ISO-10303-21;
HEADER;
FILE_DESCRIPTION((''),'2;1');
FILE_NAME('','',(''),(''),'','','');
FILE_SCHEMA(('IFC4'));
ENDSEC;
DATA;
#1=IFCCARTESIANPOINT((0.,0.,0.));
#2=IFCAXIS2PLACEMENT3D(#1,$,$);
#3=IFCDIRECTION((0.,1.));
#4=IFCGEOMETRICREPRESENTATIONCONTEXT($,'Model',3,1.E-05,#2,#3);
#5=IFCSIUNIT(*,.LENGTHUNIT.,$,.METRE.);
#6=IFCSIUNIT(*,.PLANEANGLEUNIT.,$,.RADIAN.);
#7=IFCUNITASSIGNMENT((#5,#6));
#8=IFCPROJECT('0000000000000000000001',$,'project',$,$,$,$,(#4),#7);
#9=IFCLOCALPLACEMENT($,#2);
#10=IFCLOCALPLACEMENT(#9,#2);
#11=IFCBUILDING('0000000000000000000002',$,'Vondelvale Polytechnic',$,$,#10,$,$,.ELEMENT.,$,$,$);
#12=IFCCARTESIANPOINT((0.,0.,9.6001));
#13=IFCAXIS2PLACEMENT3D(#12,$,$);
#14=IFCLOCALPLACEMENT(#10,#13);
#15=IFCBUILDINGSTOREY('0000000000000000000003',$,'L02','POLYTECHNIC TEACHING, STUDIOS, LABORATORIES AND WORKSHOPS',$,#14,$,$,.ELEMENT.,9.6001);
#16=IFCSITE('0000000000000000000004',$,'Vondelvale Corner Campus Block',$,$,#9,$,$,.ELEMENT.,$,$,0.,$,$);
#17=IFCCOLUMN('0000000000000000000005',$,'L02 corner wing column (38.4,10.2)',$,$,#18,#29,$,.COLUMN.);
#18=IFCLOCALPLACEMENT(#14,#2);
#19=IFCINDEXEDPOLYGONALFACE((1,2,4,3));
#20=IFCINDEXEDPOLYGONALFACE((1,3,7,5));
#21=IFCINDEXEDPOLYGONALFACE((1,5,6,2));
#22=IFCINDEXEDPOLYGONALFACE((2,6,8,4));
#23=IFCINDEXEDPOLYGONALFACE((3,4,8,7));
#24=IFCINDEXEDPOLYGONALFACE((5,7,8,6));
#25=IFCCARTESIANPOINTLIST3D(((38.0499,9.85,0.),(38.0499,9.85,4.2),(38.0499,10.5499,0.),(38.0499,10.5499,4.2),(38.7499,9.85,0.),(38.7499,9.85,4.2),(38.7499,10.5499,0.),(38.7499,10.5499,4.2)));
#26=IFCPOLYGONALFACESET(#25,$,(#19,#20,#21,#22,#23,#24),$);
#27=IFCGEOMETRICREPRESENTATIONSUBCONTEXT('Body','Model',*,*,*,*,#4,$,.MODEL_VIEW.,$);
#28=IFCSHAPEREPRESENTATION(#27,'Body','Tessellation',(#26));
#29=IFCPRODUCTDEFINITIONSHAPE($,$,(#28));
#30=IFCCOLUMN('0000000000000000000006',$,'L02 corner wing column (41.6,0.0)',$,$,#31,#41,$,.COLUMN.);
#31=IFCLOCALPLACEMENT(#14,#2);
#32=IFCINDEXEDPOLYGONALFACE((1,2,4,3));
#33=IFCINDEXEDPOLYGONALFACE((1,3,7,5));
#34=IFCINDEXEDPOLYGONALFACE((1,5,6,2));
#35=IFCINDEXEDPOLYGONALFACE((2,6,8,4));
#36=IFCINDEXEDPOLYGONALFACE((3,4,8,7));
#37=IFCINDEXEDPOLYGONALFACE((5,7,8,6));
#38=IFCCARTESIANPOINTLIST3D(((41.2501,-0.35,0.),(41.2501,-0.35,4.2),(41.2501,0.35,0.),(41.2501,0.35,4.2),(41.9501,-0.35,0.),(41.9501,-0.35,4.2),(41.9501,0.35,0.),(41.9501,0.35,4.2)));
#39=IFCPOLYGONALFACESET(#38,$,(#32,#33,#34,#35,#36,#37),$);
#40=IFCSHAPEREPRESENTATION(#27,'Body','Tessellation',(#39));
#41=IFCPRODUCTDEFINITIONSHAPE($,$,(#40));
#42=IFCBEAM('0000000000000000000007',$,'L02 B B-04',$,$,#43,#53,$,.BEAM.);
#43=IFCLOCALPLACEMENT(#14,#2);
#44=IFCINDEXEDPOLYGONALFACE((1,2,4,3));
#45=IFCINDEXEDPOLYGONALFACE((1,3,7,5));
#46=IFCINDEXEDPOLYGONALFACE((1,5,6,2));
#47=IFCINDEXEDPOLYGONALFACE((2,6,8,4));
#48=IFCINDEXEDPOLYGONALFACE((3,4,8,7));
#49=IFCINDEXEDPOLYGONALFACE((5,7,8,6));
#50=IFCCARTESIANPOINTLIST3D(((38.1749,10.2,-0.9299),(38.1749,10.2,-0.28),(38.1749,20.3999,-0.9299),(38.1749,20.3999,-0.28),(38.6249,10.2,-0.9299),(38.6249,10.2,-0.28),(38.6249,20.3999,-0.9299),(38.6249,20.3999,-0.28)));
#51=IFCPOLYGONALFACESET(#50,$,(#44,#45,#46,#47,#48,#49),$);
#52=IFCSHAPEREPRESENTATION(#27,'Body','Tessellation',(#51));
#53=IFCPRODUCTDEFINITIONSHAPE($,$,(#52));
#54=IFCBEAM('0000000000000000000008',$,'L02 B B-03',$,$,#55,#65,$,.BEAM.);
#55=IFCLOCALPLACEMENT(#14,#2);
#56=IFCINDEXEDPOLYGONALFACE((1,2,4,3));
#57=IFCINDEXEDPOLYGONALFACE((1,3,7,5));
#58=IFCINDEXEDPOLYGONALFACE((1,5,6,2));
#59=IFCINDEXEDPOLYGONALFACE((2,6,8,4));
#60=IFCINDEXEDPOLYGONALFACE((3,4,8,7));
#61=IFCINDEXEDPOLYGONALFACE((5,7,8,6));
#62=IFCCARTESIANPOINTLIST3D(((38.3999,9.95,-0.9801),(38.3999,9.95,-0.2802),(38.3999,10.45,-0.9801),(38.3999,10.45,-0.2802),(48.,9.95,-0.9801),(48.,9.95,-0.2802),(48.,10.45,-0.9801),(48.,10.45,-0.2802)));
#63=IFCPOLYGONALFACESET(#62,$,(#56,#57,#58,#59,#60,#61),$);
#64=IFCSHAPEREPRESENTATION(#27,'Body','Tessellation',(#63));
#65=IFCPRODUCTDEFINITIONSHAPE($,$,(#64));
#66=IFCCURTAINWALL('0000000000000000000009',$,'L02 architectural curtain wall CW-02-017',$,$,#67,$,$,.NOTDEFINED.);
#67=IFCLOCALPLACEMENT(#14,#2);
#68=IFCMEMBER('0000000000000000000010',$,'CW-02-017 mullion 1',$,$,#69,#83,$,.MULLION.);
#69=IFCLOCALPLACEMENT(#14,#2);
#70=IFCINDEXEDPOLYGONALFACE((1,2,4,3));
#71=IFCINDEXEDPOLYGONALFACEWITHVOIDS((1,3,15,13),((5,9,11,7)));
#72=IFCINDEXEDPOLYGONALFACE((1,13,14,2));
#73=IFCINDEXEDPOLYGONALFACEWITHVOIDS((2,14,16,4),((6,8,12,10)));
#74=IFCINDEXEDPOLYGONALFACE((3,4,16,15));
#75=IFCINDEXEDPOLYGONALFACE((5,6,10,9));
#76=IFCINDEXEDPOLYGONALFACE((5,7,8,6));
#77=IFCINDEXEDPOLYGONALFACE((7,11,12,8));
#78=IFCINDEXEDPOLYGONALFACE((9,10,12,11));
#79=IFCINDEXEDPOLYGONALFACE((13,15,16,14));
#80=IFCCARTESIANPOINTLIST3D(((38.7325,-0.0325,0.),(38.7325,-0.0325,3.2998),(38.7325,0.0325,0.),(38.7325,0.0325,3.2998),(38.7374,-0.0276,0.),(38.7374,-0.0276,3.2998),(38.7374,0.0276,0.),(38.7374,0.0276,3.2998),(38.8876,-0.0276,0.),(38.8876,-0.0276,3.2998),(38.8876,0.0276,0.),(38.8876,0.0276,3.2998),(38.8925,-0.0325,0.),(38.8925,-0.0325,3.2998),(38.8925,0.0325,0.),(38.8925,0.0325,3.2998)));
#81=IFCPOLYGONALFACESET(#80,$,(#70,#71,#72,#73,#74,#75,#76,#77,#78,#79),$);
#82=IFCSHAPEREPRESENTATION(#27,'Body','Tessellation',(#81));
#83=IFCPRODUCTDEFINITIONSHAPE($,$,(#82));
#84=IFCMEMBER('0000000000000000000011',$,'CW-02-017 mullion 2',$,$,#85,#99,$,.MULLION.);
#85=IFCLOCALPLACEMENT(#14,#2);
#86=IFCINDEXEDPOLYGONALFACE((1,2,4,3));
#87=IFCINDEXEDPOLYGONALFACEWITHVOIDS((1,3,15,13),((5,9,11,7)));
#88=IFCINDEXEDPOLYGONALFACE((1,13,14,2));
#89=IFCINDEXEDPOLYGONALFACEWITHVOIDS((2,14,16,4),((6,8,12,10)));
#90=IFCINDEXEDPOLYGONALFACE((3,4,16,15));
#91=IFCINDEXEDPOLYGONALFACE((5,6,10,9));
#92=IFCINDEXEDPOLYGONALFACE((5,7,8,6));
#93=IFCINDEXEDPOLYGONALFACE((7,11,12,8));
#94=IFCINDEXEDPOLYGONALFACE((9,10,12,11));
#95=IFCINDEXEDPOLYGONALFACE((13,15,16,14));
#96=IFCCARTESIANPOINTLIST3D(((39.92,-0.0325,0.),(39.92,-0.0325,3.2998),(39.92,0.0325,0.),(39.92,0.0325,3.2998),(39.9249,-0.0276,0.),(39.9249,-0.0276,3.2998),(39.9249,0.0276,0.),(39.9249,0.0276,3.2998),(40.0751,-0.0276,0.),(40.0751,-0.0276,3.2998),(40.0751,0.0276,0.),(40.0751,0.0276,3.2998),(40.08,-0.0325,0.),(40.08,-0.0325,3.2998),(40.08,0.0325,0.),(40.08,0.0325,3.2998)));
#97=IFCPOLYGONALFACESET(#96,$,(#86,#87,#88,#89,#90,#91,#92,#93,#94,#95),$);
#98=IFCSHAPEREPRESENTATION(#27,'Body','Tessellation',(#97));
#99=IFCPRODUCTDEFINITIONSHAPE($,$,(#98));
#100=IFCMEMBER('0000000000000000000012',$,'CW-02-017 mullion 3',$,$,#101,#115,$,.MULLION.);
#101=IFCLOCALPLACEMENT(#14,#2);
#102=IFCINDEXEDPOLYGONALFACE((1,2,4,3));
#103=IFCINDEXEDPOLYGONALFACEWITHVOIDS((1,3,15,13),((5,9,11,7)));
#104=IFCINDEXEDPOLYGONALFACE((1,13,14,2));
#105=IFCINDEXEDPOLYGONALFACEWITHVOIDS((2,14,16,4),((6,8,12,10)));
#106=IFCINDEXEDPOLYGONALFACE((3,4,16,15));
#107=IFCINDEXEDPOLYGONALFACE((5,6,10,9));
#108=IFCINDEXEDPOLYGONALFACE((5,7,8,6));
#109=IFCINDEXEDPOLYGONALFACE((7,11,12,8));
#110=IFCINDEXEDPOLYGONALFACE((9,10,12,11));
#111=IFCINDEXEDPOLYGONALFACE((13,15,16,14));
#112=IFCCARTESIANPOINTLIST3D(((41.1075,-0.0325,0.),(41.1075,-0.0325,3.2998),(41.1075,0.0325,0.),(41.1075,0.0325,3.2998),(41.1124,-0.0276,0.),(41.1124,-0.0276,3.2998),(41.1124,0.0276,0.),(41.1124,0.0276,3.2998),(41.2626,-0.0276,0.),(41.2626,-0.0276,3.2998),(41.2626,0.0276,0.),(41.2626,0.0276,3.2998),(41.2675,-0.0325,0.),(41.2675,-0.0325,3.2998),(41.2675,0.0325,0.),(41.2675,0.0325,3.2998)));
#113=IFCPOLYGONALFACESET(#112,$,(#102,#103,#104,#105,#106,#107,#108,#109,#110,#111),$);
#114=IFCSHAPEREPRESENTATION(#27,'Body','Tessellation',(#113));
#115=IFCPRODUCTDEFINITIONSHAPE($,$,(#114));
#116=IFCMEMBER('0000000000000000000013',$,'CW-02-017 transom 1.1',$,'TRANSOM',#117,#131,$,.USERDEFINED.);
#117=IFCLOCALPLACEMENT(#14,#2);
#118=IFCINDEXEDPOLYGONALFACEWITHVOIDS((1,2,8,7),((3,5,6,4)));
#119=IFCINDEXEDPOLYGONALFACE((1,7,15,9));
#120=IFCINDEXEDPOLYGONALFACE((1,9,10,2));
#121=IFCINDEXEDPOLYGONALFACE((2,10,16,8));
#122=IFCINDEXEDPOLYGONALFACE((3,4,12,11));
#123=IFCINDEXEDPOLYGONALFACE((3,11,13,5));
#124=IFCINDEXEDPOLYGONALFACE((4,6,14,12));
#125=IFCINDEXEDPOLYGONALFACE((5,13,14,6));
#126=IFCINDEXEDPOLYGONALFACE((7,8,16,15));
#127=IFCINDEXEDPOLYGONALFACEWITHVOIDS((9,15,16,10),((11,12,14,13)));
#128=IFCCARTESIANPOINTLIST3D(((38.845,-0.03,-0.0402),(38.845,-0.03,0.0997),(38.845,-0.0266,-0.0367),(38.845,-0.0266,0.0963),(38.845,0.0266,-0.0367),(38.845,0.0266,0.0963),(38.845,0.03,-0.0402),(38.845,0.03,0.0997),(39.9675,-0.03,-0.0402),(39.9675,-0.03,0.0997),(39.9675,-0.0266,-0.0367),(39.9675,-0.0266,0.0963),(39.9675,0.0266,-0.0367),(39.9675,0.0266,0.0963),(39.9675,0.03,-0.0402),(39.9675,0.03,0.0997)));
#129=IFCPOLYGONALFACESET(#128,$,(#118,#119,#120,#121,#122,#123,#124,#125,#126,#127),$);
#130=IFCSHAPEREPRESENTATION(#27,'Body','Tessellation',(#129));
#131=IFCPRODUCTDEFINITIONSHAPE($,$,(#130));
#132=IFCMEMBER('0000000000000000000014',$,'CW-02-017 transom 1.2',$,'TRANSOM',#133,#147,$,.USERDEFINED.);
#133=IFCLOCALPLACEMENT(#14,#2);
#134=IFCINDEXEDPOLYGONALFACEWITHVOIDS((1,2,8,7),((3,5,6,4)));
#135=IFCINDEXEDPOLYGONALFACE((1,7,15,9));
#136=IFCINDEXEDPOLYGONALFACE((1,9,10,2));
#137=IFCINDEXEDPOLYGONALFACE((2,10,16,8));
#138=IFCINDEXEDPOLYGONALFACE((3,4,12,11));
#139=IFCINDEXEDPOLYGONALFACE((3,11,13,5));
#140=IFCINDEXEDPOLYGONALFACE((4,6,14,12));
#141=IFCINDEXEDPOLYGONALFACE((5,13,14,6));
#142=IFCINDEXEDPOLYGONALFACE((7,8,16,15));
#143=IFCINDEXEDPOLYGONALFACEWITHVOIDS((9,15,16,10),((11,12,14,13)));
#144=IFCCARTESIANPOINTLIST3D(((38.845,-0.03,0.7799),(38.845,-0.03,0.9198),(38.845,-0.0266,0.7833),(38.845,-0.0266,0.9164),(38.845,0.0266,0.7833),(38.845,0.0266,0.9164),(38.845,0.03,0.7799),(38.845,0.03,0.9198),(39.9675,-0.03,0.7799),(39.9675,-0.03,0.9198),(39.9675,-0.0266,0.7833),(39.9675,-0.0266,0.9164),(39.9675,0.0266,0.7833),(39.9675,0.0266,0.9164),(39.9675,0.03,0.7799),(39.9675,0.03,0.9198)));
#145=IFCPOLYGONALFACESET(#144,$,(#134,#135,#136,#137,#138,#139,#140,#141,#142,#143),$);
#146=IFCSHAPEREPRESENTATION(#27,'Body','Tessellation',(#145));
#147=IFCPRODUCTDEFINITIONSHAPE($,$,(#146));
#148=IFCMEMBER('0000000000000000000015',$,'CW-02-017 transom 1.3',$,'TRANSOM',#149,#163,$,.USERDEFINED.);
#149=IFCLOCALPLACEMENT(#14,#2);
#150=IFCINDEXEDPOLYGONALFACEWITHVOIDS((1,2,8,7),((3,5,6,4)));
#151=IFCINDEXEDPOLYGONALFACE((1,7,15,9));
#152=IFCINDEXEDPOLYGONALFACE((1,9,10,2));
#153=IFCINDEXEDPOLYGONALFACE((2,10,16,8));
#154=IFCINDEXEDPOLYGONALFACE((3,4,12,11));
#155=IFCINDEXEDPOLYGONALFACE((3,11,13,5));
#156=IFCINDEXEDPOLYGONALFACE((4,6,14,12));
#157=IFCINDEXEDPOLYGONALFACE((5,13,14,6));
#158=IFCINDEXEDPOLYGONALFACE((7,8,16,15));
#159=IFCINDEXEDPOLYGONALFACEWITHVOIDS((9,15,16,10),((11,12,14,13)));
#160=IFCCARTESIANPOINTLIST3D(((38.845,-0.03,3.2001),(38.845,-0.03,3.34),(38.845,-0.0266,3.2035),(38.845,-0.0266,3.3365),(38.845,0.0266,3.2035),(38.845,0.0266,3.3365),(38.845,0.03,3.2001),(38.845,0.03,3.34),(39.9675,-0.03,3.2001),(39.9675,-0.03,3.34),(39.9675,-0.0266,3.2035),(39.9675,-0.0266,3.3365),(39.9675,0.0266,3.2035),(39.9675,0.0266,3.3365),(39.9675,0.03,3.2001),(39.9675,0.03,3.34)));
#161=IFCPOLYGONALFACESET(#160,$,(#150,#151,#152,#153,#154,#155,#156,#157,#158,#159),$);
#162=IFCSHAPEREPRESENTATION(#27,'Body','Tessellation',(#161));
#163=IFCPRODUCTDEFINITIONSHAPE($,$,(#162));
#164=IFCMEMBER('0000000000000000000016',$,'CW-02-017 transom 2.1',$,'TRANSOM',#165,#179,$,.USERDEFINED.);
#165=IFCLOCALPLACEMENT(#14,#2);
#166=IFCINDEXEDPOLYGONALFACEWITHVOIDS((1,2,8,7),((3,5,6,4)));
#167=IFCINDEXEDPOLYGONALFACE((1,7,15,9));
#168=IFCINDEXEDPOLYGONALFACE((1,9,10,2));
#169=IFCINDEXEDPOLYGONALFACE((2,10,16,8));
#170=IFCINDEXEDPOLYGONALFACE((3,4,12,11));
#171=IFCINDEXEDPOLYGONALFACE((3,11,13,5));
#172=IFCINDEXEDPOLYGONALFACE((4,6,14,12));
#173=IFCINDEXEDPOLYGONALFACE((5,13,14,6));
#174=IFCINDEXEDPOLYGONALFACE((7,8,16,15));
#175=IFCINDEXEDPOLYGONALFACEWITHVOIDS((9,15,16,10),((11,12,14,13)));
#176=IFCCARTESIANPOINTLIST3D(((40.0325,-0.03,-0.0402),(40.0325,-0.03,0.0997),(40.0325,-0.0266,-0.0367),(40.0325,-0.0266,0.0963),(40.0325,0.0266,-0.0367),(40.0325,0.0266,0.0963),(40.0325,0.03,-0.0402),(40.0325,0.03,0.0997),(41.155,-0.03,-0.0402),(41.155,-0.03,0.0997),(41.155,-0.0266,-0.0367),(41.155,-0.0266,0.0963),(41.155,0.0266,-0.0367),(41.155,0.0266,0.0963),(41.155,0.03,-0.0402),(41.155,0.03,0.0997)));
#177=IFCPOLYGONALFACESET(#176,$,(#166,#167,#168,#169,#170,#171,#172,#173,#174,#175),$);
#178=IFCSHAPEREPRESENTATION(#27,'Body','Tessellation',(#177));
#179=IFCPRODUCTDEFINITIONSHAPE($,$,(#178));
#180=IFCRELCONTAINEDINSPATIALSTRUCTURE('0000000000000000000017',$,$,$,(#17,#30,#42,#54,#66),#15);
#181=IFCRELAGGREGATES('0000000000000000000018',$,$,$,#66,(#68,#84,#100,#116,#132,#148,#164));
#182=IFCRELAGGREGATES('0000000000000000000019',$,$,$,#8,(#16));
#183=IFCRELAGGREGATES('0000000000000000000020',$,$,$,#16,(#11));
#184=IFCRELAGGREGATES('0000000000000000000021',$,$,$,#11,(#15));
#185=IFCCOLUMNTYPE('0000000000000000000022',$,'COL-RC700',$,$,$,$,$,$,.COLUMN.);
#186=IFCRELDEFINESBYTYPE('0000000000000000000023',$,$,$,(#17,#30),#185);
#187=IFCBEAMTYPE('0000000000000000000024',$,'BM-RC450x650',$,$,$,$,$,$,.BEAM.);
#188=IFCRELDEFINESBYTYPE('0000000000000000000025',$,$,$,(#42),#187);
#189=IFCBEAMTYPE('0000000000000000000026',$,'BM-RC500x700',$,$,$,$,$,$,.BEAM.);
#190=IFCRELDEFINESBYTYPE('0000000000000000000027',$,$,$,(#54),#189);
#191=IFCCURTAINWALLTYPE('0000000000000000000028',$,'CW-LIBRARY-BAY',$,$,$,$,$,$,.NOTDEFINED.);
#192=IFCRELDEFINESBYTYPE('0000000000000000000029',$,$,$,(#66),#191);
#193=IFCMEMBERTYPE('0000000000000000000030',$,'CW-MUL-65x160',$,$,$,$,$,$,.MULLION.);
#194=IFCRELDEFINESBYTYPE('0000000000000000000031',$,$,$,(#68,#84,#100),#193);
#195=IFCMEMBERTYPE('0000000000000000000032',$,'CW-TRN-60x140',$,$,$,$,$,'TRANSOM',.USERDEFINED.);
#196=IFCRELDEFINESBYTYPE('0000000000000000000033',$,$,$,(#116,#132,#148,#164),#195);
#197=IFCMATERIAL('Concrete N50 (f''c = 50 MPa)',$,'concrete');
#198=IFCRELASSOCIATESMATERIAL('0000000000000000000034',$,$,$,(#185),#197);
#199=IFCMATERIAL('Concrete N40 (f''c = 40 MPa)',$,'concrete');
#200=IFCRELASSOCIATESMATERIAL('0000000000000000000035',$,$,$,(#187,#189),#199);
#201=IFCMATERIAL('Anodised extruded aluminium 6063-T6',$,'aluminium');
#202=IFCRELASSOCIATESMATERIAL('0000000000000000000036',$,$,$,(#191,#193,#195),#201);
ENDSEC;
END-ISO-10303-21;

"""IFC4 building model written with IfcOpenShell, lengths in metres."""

from ifc_helpers import new_model, si_unit, direction, frame, origin, origin_2d, place, context, subcontext, project, spatial, rectangle, hollow_rectangle, extrude, material, material_profile, profile_set, type_object, element, aggregate, save


model = new_model("IFC4")

# Units and contexts
model_context = context("Model", 3, precision=1e-05, world=origin(), true_north=direction((0.0, 1.0)))
body_context = subcontext(model_context, "Body", "Model", "MODEL_VIEW")
ifc_project = project(units=[si_unit("LENGTHUNIT", "METRE"), si_unit("PLANEANGLEUNIT", "RADIAN")], contexts=[model_context])

# Site, building, storey
site_placement = place(None, origin())
site = spatial("IfcSite", under=ifc_project, at=site_placement, Name="Vondelvale Corner Campus Block", CompositionType="ELEMENT", RefElevation=0.0)
building_placement = place(site_placement, origin())
building = spatial("IfcBuilding", under=site, at=building_placement, Name="Vondelvale Polytechnic", CompositionType="ELEMENT")
storey_placement = place(building_placement, frame((0.0, 0.0, 9.6001)))
storey = spatial("IfcBuildingStorey", under=building, at=storey_placement, Name="L02", Description="POLYTECHNIC TEACHING, STUDIOS, LABORATORIES AND WORKSHOPS", CompositionType="ELEMENT", Elevation=9.6001)

# Columns
ifc_material_1 = material(Name="Concrete N50 (f'c = 50 MPa)", Category="concrete")
ifc_material_profile_1 = material_profile(ifc_material_1, rectangle(XDim=0.7, YDim=0.7, at=origin_2d()), Name="RC-COL-700x700")
ifc_profile_set_1 = profile_set([ifc_material_profile_1], Name="Concrete N50 (f'c = 50 MPa)")
column_type = type_object("IfcColumnType", Name="COL-RC700", PredefinedType="COLUMN", material=ifc_profile_set_1)
for number, where, z_axis, x_axis, name in (
    (1, (38.3999, 10.2, 0.0), (0.0, 0.0, 1.0), (1.0, 0.0, 0.0), "L02 corner wing column (38.4,10.2)"),
    (2, (41.6001, 0.0, 0.0), (0.0, 0.0, 1.0), (1.0, 0.0, 0.0), "L02 corner wing column (41.6,0.0)"),
):
    element("IfcColumn", number, at=place(storey_placement, frame(where, z_axis=z_axis, x_axis=x_axis)), inside=storey, type_object=column_type, Name=name, PredefinedType="COLUMN", context=body_context, shape_type="SweptSolid", body=[
        extrude(rectangle(XDim=0.7, YDim=0.7, at=origin_2d()), origin(), (0.0, 0.0, 1.0), 4.2),
    ])

# Beams
ifc_material_2 = material(Name="Concrete N40 (f'c = 40 MPa)", Category="concrete")
ifc_material_profile_2 = material_profile(ifc_material_2, rectangle(XDim=0.45, YDim=0.6499, at=origin_2d()), Name="RC-BM-450x650")
ifc_profile_set_2 = profile_set([ifc_material_profile_2], Name="Concrete N40 (f'c = 40 MPa)")
beam_type_1 = type_object("IfcBeamType", Name="BM-RC450x650", PredefinedType="BEAM", material=ifc_profile_set_2)
beam_1_placement = place(storey_placement, frame((38.3999, 10.2, -0.605), z_axis=(0.0, 1.0, 0.0), x_axis=(-1.0, 0.0, 0.0)))
element("IfcBeam", 3, at=beam_1_placement, inside=storey, type_object=beam_type_1, Name="L02 B B-04", PredefinedType="BEAM", context=body_context, shape_type="SweptSolid", body=[
    extrude(rectangle(XDim=0.45, YDim=0.6499, at=origin_2d()), origin(), (0.0, 0.0, 1.0), 10.2),
])
ifc_material_profile_3 = material_profile(ifc_material_2, rectangle(XDim=0.5, YDim=0.7, at=origin_2d()), Name="RC-BM-500x700")
ifc_profile_set_3 = profile_set([ifc_material_profile_3], Name="Concrete N40 (f'c = 40 MPa)")
beam_type_2 = type_object("IfcBeamType", Name="BM-RC500x700", PredefinedType="BEAM", material=ifc_profile_set_3)
beam_2_placement = place(storey_placement, frame((38.3999, 10.2, -0.6301), z_axis=(1.0, 0.0, 0.0), x_axis=(0.0, 1.0, 0.0)))
element("IfcBeam", 4, at=beam_2_placement, inside=storey, type_object=beam_type_2, Name="L02 B B-03", PredefinedType="BEAM", context=body_context, shape_type="SweptSolid", body=[
    extrude(rectangle(XDim=0.5, YDim=0.7, at=origin_2d()), origin(), (0.0, 0.0, 1.0), 9.6001),
])

# Curtain wall, members
ifc_material_3 = material(Name="Anodised extruded aluminium 6063-T6", Category="aluminium")
curtain_wall_type = type_object("IfcCurtainWallType", Name="CW-LIBRARY-BAY", PredefinedType="NOTDEFINED", material=ifc_material_3)
curtain_wall_placement = place(storey_placement, origin())
curtain_wall = element("IfcCurtainWall", 5, at=curtain_wall_placement, inside=storey, type_object=curtain_wall_type, Name="L02 architectural curtain wall CW-02-017", PredefinedType="NOTDEFINED")
ifc_material_profile_4 = material_profile(ifc_material_3, hollow_rectangle(XDim=0.0649, YDim=0.1599, WallThickness=0.0049, at=origin_2d()), Name="CW-MUL-160x65")
ifc_profile_set_4 = profile_set([ifc_material_profile_4], Name="Anodised extruded aluminium 6063-T6")
member_type_1 = type_object("IfcMemberType", Name="CW-MUL-65x160", PredefinedType="MULLION", material=ifc_profile_set_4)
member_1_placement = place(storey_placement, frame((38.8125, 0.0, 0.0), z_axis=(0.0, 0.0, 1.0), x_axis=(0.0, 1.0, 0.0)))
member_1 = element("IfcMember", 6, at=member_1_placement, type_object=member_type_1, Name="CW-02-017 mullion 1", PredefinedType="MULLION", context=body_context, shape_type="SweptSolid", body=[
    extrude(hollow_rectangle(XDim=0.0649, YDim=0.1599, WallThickness=0.0049, at=origin_2d()), origin(), (0.0, 0.0, 1.0), 3.2998),
])
member_2_placement = place(storey_placement, frame((40.0, 0.0, 0.0), z_axis=(0.0, 0.0, 1.0), x_axis=(0.0, 1.0, 0.0)))
member_2 = element("IfcMember", 7, at=member_2_placement, type_object=member_type_1, Name="CW-02-017 mullion 2", PredefinedType="MULLION", context=body_context, shape_type="SweptSolid", body=[
    extrude(hollow_rectangle(XDim=0.0649, YDim=0.1599, WallThickness=0.0049, at=origin_2d()), origin(), (0.0, 0.0, 1.0), 3.2998),
])
member_3_placement = place(storey_placement, frame((41.1875, 0.0, 0.0), z_axis=(0.0, 0.0, 1.0), x_axis=(0.0, 1.0, 0.0)))
member_3 = element("IfcMember", 8, at=member_3_placement, type_object=member_type_1, Name="CW-02-017 mullion 3", PredefinedType="MULLION", context=body_context, shape_type="SweptSolid", body=[
    extrude(hollow_rectangle(XDim=0.0649, YDim=0.1599, WallThickness=0.0049, at=origin_2d()), origin(), (0.0, 0.0, 1.0), 3.2998),
])
ifc_material_profile_5 = material_profile(ifc_material_3, hollow_rectangle(XDim=0.0601, YDim=0.1399, WallThickness=0.0034, at=origin_2d()), Name="CW-TRN-140x60")
ifc_profile_set_5 = profile_set([ifc_material_profile_5], Name="Anodised extruded aluminium 6063-T6")
member_type_2 = type_object("IfcMemberType", Name="CW-TRN-60x140", ElementType="TRANSOM", PredefinedType="USERDEFINED", material=ifc_profile_set_5)
member_4_placement = place(storey_placement, frame((38.845, 0.0, 0.0298), z_axis=(1.0, 0.0, 0.0), x_axis=(0.0, 1.0, 0.0)))
member_4 = element("IfcMember", 9, at=member_4_placement, type_object=member_type_2, Name="CW-02-017 transom 1.1", ObjectType="TRANSOM", PredefinedType="USERDEFINED", context=body_context, shape_type="SweptSolid", body=[
    extrude(hollow_rectangle(XDim=0.0601, YDim=0.1399, WallThickness=0.0034, at=origin_2d()), origin(), (0.0, 0.0, 1.0), 1.1226),
])
member_5_placement = place(storey_placement, frame((38.845, 0.0, 0.8499), z_axis=(1.0, 0.0, 0.0), x_axis=(0.0, 1.0, 0.0)))
member_5 = element("IfcMember", 10, at=member_5_placement, type_object=member_type_2, Name="CW-02-017 transom 1.2", ObjectType="TRANSOM", PredefinedType="USERDEFINED", context=body_context, shape_type="SweptSolid", body=[
    extrude(hollow_rectangle(XDim=0.0601, YDim=0.1399, WallThickness=0.0034, at=origin_2d()), origin(), (0.0, 0.0, 1.0), 1.1226),
])
member_6_placement = place(storey_placement, frame((38.845, 0.0, 3.27), z_axis=(1.0, 0.0, 0.0), x_axis=(0.0, 1.0, 0.0)))
member_6 = element("IfcMember", 11, at=member_6_placement, type_object=member_type_2, Name="CW-02-017 transom 1.3", ObjectType="TRANSOM", PredefinedType="USERDEFINED", context=body_context, shape_type="SweptSolid", body=[
    extrude(hollow_rectangle(XDim=0.0601, YDim=0.1399, WallThickness=0.0034, at=origin_2d()), origin(), (0.0, 0.0, 1.0), 1.1226),
])
member_7_placement = place(storey_placement, frame((40.0325, 0.0, 0.0298), z_axis=(1.0, 0.0, 0.0), x_axis=(0.0, 1.0, 0.0)))
member_7 = element("IfcMember", 12, at=member_7_placement, type_object=member_type_2, Name="CW-02-017 transom 2.1", ObjectType="TRANSOM", PredefinedType="USERDEFINED", context=body_context, shape_type="SweptSolid", body=[
    extrude(hollow_rectangle(XDim=0.0601, YDim=0.1399, WallThickness=0.0034, at=origin_2d()), origin(), (0.0, 0.0, 1.0), 1.1226),
])

aggregate(curtain_wall, [member_1, member_2, member_3, member_4, member_5, member_6, member_7])

save(model, "model.ifc")
